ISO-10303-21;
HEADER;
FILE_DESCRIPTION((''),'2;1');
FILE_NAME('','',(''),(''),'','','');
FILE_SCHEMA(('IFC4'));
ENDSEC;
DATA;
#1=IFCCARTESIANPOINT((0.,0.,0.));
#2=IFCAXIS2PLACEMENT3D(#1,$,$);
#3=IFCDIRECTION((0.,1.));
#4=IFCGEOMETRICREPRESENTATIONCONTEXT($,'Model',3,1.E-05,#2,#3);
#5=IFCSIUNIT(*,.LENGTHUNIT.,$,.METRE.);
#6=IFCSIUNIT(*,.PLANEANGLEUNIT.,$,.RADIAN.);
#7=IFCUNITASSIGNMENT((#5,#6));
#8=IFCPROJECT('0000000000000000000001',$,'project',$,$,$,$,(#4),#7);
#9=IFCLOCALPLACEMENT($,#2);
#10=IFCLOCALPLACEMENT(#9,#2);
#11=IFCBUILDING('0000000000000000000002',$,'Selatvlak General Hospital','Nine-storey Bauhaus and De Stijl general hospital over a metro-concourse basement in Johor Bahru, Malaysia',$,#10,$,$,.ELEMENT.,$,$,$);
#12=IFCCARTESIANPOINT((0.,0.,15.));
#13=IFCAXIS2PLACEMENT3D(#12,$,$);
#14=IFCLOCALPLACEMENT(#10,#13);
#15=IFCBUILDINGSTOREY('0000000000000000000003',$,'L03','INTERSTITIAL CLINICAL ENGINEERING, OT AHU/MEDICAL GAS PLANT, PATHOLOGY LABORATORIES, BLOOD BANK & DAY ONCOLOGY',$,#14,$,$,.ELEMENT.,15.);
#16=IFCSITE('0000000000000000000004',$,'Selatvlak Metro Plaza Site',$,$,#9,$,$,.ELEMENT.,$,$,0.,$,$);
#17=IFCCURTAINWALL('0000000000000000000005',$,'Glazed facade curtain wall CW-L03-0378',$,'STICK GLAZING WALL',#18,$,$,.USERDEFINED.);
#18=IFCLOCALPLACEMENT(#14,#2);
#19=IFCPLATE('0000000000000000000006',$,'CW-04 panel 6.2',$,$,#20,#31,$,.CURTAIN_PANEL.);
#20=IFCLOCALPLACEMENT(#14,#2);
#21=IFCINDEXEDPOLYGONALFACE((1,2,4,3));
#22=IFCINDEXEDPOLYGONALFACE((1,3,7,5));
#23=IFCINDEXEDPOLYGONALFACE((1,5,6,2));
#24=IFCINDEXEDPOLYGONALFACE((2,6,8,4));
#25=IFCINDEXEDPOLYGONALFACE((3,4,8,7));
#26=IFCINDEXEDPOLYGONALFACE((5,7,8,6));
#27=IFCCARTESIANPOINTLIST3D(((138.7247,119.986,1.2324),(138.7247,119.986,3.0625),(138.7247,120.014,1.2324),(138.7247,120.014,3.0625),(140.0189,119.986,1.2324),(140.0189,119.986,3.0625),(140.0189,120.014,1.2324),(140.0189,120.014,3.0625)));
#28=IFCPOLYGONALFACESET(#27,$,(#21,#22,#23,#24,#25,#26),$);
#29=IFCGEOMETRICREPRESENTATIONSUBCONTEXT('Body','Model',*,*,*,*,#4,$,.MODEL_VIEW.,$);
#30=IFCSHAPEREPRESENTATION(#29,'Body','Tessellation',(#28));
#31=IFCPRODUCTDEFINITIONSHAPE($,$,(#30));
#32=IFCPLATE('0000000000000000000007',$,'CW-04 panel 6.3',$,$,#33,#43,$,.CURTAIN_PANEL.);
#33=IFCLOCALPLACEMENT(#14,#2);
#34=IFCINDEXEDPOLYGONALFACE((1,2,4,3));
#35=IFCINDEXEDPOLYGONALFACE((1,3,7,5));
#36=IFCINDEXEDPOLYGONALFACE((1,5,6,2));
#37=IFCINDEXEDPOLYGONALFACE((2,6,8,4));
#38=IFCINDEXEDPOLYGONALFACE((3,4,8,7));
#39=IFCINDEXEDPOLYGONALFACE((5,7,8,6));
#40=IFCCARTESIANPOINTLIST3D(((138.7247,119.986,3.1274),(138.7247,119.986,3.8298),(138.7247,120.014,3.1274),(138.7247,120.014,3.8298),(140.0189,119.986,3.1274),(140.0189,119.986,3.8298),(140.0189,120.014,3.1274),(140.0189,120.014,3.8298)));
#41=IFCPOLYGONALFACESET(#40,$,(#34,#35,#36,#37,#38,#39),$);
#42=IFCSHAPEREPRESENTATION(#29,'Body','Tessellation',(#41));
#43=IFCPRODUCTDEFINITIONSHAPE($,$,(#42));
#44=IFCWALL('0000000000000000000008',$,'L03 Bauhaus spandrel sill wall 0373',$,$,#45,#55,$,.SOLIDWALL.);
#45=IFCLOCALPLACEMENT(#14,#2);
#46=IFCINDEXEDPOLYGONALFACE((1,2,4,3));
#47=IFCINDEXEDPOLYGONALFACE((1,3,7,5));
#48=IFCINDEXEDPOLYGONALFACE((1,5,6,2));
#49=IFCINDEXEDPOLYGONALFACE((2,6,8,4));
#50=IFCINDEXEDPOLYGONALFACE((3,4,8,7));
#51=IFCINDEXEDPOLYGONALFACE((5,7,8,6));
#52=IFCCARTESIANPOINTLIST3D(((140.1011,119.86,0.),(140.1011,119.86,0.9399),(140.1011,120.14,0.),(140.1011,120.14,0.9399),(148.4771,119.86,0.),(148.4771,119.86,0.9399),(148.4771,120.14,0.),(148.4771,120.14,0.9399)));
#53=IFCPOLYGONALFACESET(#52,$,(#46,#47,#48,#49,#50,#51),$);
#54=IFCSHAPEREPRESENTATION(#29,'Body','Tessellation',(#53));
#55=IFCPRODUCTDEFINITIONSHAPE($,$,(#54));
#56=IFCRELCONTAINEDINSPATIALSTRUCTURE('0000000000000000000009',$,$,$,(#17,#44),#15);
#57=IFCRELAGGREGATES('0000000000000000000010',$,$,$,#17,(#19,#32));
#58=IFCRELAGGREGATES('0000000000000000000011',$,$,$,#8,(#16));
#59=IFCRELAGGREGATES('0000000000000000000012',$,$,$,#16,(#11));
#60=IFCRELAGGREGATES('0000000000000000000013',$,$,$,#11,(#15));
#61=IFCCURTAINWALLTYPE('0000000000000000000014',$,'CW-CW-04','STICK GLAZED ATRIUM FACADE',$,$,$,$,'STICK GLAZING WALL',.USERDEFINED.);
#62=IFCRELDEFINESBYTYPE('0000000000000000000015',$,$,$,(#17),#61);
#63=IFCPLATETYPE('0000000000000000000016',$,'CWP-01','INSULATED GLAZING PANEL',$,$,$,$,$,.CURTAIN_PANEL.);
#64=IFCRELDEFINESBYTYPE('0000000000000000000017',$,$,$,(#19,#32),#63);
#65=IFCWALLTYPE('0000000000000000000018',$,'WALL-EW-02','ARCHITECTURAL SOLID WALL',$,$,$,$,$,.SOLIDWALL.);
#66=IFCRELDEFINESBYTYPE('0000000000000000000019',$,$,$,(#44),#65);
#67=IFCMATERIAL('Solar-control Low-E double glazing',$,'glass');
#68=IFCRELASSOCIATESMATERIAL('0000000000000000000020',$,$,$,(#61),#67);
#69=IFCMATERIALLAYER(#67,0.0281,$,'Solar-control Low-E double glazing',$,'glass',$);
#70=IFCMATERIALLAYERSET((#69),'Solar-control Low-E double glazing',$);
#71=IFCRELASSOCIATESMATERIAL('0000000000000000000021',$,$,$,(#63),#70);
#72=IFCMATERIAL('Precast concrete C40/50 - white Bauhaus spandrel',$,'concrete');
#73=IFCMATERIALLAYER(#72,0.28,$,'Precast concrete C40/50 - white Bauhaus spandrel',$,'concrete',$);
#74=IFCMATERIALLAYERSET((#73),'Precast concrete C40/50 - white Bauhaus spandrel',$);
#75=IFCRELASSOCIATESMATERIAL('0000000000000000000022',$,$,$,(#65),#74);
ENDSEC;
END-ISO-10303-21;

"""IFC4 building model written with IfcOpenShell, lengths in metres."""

from ifc_helpers import new_model, si_unit, direction, frame, frame_2d, origin, origin_2d, place, context, subcontext, project, spatial, rectangle, extrude, material, layer, layer_set, type_object, element, aggregate, save


model = new_model("IFC4")

# Units and contexts
model_context = context("Model", 3, precision=1e-05, world=origin(), true_north=direction((0.0, 1.0)))
body_context = subcontext(model_context, "Body", "Model", "MODEL_VIEW")
ifc_project = project(units=[si_unit("LENGTHUNIT", "METRE"), si_unit("PLANEANGLEUNIT", "RADIAN")], contexts=[model_context])

# Site, building, storey
site_placement = place(None, origin())
site = spatial("IfcSite", under=ifc_project, at=site_placement, Name="Selatvlak Metro Plaza Site", CompositionType="ELEMENT", RefElevation=0.0)
building_placement = place(site_placement, origin())
building = spatial("IfcBuilding", under=site, at=building_placement, Name="Selatvlak General Hospital", Description="Nine-storey Bauhaus and De Stijl general hospital over a metro-concourse basement in Johor Bahru, Malaysia", CompositionType="ELEMENT")
storey_placement = place(building_placement, frame((0.0, 0.0, 15.0)))
storey = spatial("IfcBuildingStorey", under=building, at=storey_placement, Name="L03", Description="INTERSTITIAL CLINICAL ENGINEERING, OT AHU/MEDICAL GAS PLANT, PATHOLOGY LABORATORIES, BLOOD BANK & DAY ONCOLOGY", CompositionType="ELEMENT", Elevation=15.0)

# Shared definitions
ifc_material_1 = material(Name="Solar-control Low-E double glazing", Category="glass")

# Curtain wall
curtain_wall_type_1 = type_object("IfcCurtainWallType", Name="CW-CW-04", Description="STICK GLAZED ATRIUM FACADE", ElementType="STICK GLAZING WALL", PredefinedType="USERDEFINED", material=ifc_material_1)
curtain_wall_1_placement = place(storey_placement, origin())
curtain_wall_1 = element("IfcCurtainWall", 1, at=curtain_wall_1_placement, inside=storey, type_object=curtain_wall_type_1, Name="Glazed facade curtain wall CW-L03-0378", ObjectType="STICK GLAZING WALL", PredefinedType="USERDEFINED")

# Plates
ifc_layer_1 = layer(ifc_material_1, 0.0281, Name="Solar-control Low-E double glazing", Category="glass")
ifc_layer_set_1 = layer_set([ifc_layer_1], Name="Solar-control Low-E double glazing")
plate_type = type_object("IfcPlateType", Name="CWP-01", Description="INSULATED GLAZING PANEL", PredefinedType="CURTAIN_PANEL", material=ifc_layer_set_1)
plate_1_placement = place(storey_placement, frame((139.3718, 120.0, 1.2324), z_axis=(0.0, 0.0, 1.0), x_axis=(1.0, 0.0, 0.0)))
plate_1 = element("IfcPlate", 2, at=plate_1_placement, type_object=plate_type, Name="CW-04 panel 6.2", PredefinedType="CURTAIN_PANEL", context=body_context, shape_type="SweptSolid", body=[
    extrude(rectangle(XDim=1.2942, YDim=0.0281, at=origin_2d()), origin(), (0.0, 0.0, 1.0), 1.8301),
])
plate_2_placement = place(storey_placement, frame((139.3718, 120.0, 3.1274), z_axis=(0.0, 0.0, 1.0), x_axis=(1.0, 0.0, 0.0)))
plate_2 = element("IfcPlate", 3, at=plate_2_placement, type_object=plate_type, Name="CW-04 panel 6.3", PredefinedType="CURTAIN_PANEL", context=body_context, shape_type="SweptSolid", body=[
    extrude(rectangle(XDim=1.2942, YDim=0.0281, at=origin_2d()), origin(), (0.0, 0.0, 1.0), 0.7024),
])
aggregate(curtain_wall_1, [plate_1, plate_2])

# Wall
ifc_material_2 = material(Name="Precast concrete C40/50 - white Bauhaus spandrel", Category="concrete")
ifc_layer_2 = layer(ifc_material_2, 0.28, Name="Precast concrete C40/50 - white Bauhaus spandrel", Category="concrete")
ifc_layer_set_2 = layer_set([ifc_layer_2], Name="Precast concrete C40/50 - white Bauhaus spandrel")
wall_type = type_object("IfcWallType", Name="WALL-EW-02", Description="ARCHITECTURAL SOLID WALL", PredefinedType="SOLIDWALL", material=ifc_layer_set_2)
wall_placement = place(storey_placement, frame((140.1011, 120.0, 0.0), z_axis=(0.0, 0.0, 1.0), x_axis=(1.0, 0.0, 0.0)))
element("IfcWall", 4, at=wall_placement, inside=storey, type_object=wall_type, Name="L03 Bauhaus spandrel sill wall 0373", PredefinedType="SOLIDWALL", context=body_context, shape_type="SweptSolid", body=[
    extrude(rectangle(XDim=8.376, YDim=0.28, at=frame_2d((4.188, 0.0))), origin(), (0.0, 0.0, 1.0), 0.9399),
])

save(model, "model.ifc")
